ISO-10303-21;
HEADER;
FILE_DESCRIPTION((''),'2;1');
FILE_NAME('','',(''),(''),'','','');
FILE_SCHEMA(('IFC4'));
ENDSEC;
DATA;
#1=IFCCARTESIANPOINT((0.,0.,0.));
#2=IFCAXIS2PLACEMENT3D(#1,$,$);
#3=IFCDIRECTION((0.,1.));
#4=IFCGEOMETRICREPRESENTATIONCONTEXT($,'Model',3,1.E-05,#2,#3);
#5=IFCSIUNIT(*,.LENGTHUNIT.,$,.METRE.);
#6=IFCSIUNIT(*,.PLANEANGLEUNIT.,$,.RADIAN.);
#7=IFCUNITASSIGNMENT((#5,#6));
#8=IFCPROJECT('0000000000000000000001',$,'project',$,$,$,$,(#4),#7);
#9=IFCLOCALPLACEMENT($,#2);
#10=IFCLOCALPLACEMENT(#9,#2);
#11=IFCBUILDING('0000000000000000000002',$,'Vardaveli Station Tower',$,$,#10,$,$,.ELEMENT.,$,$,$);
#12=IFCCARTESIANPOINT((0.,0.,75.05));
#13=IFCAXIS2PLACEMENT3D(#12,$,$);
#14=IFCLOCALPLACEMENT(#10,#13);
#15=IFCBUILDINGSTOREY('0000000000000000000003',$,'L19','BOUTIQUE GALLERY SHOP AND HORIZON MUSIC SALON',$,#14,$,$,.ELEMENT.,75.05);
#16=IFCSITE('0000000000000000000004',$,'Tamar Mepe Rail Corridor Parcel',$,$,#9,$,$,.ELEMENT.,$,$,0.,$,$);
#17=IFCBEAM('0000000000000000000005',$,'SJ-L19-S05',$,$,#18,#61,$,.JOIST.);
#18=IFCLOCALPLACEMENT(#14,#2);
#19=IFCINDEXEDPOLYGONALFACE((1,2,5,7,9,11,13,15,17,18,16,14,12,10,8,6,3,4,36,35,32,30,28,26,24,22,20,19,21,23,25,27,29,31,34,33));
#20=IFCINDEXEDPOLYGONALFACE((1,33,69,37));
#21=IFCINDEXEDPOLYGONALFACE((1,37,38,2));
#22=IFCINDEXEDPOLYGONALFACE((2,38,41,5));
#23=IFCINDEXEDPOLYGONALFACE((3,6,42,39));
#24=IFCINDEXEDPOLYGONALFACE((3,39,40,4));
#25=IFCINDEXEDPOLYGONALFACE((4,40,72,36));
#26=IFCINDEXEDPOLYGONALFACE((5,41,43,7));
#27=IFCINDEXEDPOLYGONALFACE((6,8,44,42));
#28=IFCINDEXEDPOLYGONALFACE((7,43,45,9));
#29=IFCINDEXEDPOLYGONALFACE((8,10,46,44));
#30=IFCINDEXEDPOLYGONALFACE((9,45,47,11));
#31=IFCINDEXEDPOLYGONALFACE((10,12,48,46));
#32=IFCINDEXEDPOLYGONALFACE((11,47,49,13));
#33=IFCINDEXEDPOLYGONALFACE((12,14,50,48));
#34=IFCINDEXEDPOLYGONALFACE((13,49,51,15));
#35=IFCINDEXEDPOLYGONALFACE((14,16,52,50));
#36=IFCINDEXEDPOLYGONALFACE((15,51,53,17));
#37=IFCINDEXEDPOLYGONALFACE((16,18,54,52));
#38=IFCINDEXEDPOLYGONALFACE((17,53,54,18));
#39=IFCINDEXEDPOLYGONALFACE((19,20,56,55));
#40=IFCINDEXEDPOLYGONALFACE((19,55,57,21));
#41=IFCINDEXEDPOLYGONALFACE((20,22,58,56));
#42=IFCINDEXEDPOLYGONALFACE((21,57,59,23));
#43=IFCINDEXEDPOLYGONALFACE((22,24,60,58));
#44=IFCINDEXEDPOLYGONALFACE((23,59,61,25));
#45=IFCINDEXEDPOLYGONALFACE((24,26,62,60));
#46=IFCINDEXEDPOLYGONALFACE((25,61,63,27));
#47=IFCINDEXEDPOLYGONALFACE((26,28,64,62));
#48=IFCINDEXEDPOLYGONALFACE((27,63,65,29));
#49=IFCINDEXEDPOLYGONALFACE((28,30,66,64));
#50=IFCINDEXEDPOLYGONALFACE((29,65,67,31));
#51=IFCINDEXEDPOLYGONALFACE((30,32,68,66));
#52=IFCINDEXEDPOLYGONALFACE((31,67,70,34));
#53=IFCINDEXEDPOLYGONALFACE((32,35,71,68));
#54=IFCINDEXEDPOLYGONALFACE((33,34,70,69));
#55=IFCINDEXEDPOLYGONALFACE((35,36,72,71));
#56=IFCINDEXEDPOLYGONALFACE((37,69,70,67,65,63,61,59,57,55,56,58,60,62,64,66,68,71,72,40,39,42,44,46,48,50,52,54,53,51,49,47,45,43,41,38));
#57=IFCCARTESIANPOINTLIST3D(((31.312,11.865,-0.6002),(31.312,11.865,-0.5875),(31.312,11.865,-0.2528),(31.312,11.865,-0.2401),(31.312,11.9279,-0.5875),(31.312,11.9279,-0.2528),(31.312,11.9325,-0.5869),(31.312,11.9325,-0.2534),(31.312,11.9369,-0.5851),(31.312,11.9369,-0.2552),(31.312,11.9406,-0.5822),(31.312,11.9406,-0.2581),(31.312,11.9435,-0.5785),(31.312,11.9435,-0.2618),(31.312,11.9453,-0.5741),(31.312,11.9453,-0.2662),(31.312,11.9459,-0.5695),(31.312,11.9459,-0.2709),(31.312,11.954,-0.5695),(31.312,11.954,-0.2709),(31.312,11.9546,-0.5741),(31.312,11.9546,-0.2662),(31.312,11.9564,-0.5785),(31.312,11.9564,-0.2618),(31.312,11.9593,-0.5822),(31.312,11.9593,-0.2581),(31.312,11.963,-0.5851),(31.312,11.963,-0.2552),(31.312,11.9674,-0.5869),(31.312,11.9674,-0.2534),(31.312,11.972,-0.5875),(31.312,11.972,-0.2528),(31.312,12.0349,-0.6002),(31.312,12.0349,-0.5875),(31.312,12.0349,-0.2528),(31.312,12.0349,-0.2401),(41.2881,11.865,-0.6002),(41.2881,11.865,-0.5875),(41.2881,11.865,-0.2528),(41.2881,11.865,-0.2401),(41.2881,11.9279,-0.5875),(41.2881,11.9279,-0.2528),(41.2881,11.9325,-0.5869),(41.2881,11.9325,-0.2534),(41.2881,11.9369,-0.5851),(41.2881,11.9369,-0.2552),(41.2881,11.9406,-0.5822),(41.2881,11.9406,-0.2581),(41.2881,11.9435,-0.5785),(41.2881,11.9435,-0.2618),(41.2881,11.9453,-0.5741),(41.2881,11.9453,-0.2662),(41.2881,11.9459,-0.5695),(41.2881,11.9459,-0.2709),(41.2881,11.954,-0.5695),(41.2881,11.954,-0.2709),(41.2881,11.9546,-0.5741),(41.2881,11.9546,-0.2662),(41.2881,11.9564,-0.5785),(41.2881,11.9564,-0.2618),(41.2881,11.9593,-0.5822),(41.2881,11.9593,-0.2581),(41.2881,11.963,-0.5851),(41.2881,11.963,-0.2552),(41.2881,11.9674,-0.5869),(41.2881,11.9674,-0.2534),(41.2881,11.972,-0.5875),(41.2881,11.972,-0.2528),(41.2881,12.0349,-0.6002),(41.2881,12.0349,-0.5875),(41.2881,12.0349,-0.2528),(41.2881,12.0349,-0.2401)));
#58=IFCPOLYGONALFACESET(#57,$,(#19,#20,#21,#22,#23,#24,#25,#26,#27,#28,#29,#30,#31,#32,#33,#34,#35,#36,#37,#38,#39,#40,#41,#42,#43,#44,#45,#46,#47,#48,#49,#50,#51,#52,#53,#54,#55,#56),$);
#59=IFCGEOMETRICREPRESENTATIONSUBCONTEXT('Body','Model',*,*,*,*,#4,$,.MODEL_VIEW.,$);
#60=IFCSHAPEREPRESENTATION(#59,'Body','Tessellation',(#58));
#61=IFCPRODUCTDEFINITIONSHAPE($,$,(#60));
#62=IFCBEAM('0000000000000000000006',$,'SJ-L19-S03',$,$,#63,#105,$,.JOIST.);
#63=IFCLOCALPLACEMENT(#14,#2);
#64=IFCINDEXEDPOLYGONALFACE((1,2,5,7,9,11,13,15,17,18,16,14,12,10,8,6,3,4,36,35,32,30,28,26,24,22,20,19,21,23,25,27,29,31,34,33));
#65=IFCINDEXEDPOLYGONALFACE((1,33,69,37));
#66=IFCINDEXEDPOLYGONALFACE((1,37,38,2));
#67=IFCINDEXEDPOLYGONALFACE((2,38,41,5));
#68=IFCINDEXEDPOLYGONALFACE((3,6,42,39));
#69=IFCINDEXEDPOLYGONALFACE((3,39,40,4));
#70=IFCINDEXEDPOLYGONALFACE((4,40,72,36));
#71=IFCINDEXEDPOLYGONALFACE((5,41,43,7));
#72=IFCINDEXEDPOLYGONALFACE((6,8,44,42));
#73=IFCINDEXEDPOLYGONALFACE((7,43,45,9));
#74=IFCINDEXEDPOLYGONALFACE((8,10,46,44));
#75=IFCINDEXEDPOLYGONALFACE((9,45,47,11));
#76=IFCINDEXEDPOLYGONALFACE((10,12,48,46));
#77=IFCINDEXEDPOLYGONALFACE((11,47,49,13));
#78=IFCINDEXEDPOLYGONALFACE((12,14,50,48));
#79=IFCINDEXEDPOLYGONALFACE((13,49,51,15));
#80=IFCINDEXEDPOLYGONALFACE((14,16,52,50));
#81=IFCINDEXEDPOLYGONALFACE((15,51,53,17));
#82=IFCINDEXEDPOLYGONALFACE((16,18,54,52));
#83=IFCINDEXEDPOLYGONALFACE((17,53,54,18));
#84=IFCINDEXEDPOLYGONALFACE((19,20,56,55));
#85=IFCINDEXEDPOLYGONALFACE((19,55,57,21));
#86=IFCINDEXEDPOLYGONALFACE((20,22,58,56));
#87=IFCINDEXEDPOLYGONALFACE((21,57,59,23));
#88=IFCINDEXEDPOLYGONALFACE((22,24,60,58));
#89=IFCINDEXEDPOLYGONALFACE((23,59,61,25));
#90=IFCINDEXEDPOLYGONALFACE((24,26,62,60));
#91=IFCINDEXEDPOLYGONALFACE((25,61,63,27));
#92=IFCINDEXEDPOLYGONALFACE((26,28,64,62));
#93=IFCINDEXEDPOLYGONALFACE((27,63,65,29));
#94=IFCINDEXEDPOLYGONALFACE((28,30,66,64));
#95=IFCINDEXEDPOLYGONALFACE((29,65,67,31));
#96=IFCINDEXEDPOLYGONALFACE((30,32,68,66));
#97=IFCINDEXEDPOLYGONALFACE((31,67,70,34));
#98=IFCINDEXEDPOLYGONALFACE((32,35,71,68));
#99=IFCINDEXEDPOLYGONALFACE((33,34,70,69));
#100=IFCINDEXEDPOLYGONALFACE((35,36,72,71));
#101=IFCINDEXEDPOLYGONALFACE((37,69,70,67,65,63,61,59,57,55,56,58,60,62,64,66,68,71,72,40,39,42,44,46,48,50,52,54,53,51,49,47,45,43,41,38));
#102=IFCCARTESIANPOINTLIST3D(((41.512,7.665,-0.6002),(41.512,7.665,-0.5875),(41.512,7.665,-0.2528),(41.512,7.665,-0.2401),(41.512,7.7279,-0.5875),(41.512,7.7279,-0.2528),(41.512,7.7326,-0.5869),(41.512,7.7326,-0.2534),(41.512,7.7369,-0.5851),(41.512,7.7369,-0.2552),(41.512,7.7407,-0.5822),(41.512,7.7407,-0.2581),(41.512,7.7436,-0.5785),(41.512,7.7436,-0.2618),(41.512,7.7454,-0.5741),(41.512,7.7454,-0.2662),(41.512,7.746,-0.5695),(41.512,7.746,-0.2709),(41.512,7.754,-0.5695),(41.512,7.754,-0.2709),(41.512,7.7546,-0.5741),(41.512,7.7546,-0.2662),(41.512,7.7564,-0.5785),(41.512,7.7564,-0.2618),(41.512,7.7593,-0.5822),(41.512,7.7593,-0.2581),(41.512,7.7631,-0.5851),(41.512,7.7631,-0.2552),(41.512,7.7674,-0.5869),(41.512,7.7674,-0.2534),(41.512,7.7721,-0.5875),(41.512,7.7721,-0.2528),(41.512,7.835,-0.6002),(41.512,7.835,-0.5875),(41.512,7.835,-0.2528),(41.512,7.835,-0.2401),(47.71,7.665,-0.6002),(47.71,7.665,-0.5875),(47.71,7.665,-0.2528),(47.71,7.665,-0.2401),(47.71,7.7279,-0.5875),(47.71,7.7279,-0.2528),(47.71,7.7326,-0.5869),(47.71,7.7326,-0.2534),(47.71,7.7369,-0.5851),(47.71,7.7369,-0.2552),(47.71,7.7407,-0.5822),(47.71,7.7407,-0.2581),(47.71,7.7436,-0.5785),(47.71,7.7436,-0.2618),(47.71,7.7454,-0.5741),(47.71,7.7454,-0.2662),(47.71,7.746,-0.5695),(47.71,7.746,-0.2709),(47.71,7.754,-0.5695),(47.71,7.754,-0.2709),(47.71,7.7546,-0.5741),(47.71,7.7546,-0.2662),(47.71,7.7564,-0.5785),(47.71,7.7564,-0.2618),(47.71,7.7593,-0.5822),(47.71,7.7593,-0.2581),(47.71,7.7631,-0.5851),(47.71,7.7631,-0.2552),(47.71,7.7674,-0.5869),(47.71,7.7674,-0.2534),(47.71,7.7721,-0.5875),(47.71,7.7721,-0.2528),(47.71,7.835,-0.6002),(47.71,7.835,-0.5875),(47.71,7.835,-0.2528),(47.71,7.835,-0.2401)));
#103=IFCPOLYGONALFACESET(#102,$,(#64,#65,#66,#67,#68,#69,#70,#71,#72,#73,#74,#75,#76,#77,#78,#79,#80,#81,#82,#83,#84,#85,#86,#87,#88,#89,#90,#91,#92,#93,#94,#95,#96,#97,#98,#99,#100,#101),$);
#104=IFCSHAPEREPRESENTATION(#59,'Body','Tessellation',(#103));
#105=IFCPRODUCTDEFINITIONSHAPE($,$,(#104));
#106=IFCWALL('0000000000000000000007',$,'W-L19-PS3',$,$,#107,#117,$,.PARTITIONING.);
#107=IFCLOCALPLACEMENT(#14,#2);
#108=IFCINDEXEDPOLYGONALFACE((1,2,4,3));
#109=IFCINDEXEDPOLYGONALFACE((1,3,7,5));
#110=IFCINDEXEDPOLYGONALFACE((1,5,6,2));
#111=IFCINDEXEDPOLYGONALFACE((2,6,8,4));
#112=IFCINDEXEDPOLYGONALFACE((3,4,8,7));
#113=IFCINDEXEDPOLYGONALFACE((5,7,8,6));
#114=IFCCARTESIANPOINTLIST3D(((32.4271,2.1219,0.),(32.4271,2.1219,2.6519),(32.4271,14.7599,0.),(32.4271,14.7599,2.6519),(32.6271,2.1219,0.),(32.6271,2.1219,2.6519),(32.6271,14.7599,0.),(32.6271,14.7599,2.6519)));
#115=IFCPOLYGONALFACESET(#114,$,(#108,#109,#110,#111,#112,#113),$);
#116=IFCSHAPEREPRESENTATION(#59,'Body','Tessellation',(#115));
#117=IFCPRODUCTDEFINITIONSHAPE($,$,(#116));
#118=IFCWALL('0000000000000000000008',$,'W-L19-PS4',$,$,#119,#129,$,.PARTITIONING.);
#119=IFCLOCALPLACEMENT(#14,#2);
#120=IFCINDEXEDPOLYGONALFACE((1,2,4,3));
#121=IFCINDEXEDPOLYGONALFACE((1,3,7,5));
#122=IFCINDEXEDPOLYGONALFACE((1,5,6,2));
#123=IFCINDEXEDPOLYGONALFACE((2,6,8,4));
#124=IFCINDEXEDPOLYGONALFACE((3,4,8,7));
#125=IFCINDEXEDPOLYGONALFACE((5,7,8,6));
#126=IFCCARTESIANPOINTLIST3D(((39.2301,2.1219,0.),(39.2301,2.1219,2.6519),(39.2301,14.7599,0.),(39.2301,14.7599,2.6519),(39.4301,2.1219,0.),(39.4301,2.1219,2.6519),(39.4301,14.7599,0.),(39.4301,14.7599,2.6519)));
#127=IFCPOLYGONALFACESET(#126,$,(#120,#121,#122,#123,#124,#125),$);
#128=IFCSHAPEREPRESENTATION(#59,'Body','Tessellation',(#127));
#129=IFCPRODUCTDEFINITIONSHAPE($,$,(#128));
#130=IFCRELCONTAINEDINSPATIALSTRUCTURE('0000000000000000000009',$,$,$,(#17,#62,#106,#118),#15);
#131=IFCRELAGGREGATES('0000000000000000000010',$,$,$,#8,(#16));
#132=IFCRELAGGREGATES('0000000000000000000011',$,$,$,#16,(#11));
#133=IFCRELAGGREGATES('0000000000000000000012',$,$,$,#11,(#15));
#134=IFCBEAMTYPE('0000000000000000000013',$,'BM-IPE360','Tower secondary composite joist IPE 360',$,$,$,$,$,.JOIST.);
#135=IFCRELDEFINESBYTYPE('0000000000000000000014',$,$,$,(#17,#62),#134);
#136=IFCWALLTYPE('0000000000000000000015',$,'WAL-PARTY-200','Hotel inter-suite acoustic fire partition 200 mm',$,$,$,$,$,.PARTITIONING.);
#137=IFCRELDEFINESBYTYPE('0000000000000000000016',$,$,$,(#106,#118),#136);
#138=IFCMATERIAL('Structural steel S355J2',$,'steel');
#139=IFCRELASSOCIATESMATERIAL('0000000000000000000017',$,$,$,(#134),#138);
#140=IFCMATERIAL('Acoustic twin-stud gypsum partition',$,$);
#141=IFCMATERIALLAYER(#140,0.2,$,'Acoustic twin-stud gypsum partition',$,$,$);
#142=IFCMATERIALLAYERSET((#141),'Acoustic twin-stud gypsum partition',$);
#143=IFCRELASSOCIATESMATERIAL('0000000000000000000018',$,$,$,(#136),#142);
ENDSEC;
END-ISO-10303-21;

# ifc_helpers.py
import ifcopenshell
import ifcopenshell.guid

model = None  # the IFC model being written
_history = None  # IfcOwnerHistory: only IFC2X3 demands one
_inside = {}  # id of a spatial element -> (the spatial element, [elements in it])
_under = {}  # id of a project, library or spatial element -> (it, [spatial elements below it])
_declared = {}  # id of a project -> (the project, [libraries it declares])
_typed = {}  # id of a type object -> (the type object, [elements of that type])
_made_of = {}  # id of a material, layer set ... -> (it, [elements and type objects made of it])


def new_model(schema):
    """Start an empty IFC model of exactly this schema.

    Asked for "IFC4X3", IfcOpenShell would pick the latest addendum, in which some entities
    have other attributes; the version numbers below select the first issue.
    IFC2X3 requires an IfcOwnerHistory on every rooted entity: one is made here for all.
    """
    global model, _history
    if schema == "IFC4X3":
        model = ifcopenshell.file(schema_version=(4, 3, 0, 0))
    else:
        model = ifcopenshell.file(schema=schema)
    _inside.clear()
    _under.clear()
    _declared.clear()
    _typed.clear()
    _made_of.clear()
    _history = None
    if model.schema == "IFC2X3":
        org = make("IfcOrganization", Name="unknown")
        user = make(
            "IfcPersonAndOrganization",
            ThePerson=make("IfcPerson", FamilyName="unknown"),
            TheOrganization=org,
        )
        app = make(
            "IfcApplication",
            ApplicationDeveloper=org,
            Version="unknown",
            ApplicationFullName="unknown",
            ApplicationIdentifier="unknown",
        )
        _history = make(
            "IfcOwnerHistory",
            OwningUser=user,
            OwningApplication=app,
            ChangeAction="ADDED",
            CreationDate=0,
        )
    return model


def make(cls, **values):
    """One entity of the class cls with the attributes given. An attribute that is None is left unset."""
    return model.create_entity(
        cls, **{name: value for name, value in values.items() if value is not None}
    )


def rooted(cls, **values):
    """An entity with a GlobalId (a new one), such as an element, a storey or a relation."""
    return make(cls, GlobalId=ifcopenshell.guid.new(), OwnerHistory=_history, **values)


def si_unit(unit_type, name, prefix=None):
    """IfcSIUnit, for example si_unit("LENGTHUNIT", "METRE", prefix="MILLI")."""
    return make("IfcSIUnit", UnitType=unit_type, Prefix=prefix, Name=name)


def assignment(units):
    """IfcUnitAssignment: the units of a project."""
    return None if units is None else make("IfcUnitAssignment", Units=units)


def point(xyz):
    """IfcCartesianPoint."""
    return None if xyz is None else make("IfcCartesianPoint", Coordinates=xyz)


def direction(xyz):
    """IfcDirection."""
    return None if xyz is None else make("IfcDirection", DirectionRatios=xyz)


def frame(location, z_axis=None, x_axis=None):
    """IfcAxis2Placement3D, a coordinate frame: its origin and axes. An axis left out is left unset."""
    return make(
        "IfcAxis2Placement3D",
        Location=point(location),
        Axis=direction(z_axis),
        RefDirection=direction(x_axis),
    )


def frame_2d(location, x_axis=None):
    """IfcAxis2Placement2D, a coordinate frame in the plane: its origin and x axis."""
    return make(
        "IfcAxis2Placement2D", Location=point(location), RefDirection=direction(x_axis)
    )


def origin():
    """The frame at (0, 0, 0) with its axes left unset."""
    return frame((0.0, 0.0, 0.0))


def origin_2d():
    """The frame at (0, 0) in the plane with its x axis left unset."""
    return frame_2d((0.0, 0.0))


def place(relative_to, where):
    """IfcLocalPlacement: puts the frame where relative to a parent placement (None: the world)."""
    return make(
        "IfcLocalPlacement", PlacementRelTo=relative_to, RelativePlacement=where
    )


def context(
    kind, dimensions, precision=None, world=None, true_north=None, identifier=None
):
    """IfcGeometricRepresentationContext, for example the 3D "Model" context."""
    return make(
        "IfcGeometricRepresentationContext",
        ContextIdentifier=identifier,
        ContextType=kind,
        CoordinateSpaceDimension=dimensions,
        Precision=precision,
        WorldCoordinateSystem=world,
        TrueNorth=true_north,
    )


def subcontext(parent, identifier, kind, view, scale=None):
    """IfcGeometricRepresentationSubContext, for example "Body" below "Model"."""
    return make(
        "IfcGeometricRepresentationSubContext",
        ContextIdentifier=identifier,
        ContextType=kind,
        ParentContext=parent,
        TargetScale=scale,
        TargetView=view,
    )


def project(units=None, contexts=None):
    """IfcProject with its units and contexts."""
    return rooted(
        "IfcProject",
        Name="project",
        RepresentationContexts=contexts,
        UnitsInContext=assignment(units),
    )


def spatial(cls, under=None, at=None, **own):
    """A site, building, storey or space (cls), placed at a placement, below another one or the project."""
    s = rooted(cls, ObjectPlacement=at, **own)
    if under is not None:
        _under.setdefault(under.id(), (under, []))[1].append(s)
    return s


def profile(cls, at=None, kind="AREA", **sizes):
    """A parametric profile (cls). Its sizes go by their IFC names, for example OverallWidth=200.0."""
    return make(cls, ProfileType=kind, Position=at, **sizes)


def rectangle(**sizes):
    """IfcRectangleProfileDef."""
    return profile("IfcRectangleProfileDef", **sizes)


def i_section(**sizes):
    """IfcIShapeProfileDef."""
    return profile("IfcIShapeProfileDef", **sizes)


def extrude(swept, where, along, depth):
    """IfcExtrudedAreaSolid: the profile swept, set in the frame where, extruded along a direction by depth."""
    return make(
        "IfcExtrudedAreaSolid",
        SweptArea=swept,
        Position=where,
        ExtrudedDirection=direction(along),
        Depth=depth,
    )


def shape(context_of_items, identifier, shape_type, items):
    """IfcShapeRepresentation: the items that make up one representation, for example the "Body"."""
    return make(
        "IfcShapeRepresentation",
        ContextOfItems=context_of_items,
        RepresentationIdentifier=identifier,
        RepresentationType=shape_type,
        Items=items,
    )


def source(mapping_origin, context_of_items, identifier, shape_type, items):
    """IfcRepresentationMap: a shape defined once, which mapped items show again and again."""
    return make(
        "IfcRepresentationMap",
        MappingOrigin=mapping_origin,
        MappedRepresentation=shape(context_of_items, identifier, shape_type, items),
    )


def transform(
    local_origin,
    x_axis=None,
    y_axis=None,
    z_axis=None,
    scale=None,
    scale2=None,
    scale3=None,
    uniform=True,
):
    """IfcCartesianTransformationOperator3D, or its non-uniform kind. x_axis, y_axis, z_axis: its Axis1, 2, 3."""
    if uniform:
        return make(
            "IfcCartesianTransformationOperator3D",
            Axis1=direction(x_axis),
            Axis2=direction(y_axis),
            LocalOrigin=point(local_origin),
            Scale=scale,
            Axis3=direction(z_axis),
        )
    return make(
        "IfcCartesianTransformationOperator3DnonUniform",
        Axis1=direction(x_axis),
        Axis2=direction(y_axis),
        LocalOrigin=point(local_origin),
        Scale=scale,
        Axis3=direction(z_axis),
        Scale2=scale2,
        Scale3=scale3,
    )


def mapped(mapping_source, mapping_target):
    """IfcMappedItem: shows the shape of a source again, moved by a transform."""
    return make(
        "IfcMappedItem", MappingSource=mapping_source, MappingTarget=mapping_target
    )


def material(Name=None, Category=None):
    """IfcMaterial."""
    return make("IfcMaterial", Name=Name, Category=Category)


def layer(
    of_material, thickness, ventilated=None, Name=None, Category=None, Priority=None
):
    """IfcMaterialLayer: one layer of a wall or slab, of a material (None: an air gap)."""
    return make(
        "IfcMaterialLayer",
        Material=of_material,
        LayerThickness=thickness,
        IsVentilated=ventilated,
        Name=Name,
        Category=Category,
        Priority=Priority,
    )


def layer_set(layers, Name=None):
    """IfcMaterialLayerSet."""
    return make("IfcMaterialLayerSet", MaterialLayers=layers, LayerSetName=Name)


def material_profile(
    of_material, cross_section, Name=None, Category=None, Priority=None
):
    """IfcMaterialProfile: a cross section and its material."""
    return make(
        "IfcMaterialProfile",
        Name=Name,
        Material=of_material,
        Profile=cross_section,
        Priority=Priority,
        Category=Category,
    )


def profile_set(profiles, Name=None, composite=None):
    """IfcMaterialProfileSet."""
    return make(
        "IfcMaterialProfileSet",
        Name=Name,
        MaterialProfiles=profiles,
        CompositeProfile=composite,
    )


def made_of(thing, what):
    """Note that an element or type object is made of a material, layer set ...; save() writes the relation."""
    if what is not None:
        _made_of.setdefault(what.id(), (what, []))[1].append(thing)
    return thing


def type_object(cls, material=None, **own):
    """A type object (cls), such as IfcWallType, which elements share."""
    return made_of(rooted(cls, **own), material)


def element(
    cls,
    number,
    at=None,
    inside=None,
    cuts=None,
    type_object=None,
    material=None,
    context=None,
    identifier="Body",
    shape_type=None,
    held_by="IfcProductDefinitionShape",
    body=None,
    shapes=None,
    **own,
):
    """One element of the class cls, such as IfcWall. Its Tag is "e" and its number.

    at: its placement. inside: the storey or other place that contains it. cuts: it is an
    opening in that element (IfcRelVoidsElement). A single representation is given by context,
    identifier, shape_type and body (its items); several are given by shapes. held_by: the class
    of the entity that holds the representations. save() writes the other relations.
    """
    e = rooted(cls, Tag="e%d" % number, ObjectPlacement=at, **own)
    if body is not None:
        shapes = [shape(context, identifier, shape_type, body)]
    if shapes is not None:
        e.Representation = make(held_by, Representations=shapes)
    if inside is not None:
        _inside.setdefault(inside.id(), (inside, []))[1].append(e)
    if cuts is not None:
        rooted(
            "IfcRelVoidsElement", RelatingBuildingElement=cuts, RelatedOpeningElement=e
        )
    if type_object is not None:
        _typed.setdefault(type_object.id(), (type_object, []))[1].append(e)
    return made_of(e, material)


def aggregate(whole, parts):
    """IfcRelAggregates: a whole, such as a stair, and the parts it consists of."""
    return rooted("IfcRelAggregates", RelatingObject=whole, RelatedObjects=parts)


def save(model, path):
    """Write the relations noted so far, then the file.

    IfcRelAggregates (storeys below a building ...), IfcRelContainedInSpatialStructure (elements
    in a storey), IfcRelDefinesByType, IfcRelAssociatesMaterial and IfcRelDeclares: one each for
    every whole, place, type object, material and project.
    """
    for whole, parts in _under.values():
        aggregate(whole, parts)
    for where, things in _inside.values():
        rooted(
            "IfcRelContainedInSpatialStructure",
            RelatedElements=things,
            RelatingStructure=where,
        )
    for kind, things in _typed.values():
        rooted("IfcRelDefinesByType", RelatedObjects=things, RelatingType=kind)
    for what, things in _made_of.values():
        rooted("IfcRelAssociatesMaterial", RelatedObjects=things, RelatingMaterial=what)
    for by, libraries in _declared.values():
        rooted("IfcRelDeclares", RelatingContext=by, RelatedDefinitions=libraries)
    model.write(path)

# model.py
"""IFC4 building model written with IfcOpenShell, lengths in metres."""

from ifc_helpers import new_model, si_unit, direction, frame, frame_2d, origin, origin_2d, place, context, subcontext, project, spatial, rectangle, i_section, extrude, source, transform, mapped, material, layer, layer_set, material_profile, profile_set, type_object, element, save


model = new_model("IFC4")

# Units and contexts
model_context = context("Model", 3, precision=1e-05, world=origin(), true_north=direction((0.0, 1.0)))
body_context = subcontext(model_context, "Body", "Model", "MODEL_VIEW")
ifc_project = project(units=[si_unit("LENGTHUNIT", "METRE"), si_unit("PLANEANGLEUNIT", "RADIAN")], contexts=[model_context])

# Site, building, storey
site_placement = place(None, origin())
site = spatial("IfcSite", under=ifc_project, at=site_placement, Name="Tamar Mepe Rail Corridor Parcel", CompositionType="ELEMENT", RefElevation=0.0)
building_placement = place(site_placement, origin())
building = spatial("IfcBuilding", under=site, at=building_placement, Name="Vardaveli Station Tower", CompositionType="ELEMENT")
storey_placement = place(building_placement, frame((0.0, 0.0, 75.05)))
storey = spatial("IfcBuildingStorey", under=building, at=storey_placement, Name="L19", Description="BOUTIQUE GALLERY SHOP AND HORIZON MUSIC SALON", CompositionType="ELEMENT", Elevation=75.05)

# Beams
ifc_material_1 = material(Name="Structural steel S355J2", Category="steel")
ifc_material_profile_1 = material_profile(ifc_material_1, i_section(OverallWidth=0.1699, OverallDepth=0.3601, WebThickness=0.0081, FlangeThickness=0.0127, FilletRadius=0.0181, at=origin_2d()), Name="IPE 360")
ifc_profile_set_1 = profile_set([ifc_material_profile_1], Name="Structural steel S355J2")
beam_type_1 = type_object("IfcBeamType", Name="BM-IPE360", Description="Tower secondary composite joist IPE 360", PredefinedType="JOIST", material=ifc_profile_set_1)
shared_shape_1 = source(origin(), body_context, "Body", "SweptSolid", [
    extrude(i_section(OverallWidth=0.1699, OverallDepth=0.3601, WebThickness=0.0081, FlangeThickness=0.0127, FilletRadius=0.0181, at=origin_2d()), origin(), (0.0, 0.0, 1.0), 9.9761),
])
for number, where, z_axis, x_axis, name in (
    (1, (31.312, 11.95, -0.4202), (1.0, 0.0, 0.0), (0.0, 1.0, 0.0), "SJ-L19-S05"),
):
    element("IfcBeam", number, at=place(storey_placement, frame(where, z_axis=z_axis, x_axis=x_axis)), inside=storey, type_object=beam_type_1, Name=name, PredefinedType="JOIST", context=body_context, shape_type="MappedRepresentation", body=[
        mapped(shared_shape_1, transform((0.0, 0.0, 0.0), scale=1.0)),
    ])
shared_shape_2 = source(origin(), body_context, "Body", "SweptSolid", [
    extrude(i_section(OverallWidth=0.1699, OverallDepth=0.3601, WebThickness=0.0081, FlangeThickness=0.0127, FilletRadius=0.0181, at=origin_2d()), origin(), (0.0, 0.0, 1.0), 6.198),
])
beam_1_placement = place(storey_placement, frame((41.512, 7.75, -0.4202), z_axis=(1.0, 0.0, 0.0), x_axis=(0.0, 1.0, 0.0)))
element("IfcBeam", 2, at=beam_1_placement, inside=storey, type_object=beam_type_1, Name="SJ-L19-S03", PredefinedType="JOIST", context=body_context, shape_type="MappedRepresentation", body=[
    mapped(shared_shape_2, transform((0.0, 0.0, 0.0), scale=1.0)),
])

# Walls
ifc_material_2 = material(Name="Acoustic twin-stud gypsum partition")
ifc_layer = layer(ifc_material_2, 0.2, Name="Acoustic twin-stud gypsum partition")
ifc_layer_set = layer_set([ifc_layer], Name="Acoustic twin-stud gypsum partition")
wall_type = type_object("IfcWallType", Name="WAL-PARTY-200", Description="Hotel inter-suite acoustic fire partition 200 mm", PredefinedType="PARTITIONING", material=ifc_layer_set)
shared_shape_3 = source(origin(), body_context, "Body", "SweptSolid", [
    extrude(rectangle(XDim=12.6379, YDim=0.2, at=frame_2d((6.3188, 0.0))), origin(), (0.0, 0.0, 1.0), 2.6519),
])
for number, where, z_axis, x_axis, name in (
    (3, (32.5271, 2.1221, 0.0), (0.0, 0.0, 1.0), (0.0, 1.0, 0.0), "W-L19-PS3"),
    (4, (39.3301, 2.1221, 0.0), (0.0, 0.0, 1.0), (0.0, 1.0, 0.0), "W-L19-PS4"),
):
    element("IfcWall", number, at=place(storey_placement, frame(where, z_axis=z_axis, x_axis=x_axis)), inside=storey, type_object=wall_type, Name=name, PredefinedType="PARTITIONING", context=body_context, shape_type="MappedRepresentation", body=[
        mapped(shared_shape_3, transform((0.0, 0.0, 0.0), scale=1.0)),
    ])

save(model, "model.ifc")
